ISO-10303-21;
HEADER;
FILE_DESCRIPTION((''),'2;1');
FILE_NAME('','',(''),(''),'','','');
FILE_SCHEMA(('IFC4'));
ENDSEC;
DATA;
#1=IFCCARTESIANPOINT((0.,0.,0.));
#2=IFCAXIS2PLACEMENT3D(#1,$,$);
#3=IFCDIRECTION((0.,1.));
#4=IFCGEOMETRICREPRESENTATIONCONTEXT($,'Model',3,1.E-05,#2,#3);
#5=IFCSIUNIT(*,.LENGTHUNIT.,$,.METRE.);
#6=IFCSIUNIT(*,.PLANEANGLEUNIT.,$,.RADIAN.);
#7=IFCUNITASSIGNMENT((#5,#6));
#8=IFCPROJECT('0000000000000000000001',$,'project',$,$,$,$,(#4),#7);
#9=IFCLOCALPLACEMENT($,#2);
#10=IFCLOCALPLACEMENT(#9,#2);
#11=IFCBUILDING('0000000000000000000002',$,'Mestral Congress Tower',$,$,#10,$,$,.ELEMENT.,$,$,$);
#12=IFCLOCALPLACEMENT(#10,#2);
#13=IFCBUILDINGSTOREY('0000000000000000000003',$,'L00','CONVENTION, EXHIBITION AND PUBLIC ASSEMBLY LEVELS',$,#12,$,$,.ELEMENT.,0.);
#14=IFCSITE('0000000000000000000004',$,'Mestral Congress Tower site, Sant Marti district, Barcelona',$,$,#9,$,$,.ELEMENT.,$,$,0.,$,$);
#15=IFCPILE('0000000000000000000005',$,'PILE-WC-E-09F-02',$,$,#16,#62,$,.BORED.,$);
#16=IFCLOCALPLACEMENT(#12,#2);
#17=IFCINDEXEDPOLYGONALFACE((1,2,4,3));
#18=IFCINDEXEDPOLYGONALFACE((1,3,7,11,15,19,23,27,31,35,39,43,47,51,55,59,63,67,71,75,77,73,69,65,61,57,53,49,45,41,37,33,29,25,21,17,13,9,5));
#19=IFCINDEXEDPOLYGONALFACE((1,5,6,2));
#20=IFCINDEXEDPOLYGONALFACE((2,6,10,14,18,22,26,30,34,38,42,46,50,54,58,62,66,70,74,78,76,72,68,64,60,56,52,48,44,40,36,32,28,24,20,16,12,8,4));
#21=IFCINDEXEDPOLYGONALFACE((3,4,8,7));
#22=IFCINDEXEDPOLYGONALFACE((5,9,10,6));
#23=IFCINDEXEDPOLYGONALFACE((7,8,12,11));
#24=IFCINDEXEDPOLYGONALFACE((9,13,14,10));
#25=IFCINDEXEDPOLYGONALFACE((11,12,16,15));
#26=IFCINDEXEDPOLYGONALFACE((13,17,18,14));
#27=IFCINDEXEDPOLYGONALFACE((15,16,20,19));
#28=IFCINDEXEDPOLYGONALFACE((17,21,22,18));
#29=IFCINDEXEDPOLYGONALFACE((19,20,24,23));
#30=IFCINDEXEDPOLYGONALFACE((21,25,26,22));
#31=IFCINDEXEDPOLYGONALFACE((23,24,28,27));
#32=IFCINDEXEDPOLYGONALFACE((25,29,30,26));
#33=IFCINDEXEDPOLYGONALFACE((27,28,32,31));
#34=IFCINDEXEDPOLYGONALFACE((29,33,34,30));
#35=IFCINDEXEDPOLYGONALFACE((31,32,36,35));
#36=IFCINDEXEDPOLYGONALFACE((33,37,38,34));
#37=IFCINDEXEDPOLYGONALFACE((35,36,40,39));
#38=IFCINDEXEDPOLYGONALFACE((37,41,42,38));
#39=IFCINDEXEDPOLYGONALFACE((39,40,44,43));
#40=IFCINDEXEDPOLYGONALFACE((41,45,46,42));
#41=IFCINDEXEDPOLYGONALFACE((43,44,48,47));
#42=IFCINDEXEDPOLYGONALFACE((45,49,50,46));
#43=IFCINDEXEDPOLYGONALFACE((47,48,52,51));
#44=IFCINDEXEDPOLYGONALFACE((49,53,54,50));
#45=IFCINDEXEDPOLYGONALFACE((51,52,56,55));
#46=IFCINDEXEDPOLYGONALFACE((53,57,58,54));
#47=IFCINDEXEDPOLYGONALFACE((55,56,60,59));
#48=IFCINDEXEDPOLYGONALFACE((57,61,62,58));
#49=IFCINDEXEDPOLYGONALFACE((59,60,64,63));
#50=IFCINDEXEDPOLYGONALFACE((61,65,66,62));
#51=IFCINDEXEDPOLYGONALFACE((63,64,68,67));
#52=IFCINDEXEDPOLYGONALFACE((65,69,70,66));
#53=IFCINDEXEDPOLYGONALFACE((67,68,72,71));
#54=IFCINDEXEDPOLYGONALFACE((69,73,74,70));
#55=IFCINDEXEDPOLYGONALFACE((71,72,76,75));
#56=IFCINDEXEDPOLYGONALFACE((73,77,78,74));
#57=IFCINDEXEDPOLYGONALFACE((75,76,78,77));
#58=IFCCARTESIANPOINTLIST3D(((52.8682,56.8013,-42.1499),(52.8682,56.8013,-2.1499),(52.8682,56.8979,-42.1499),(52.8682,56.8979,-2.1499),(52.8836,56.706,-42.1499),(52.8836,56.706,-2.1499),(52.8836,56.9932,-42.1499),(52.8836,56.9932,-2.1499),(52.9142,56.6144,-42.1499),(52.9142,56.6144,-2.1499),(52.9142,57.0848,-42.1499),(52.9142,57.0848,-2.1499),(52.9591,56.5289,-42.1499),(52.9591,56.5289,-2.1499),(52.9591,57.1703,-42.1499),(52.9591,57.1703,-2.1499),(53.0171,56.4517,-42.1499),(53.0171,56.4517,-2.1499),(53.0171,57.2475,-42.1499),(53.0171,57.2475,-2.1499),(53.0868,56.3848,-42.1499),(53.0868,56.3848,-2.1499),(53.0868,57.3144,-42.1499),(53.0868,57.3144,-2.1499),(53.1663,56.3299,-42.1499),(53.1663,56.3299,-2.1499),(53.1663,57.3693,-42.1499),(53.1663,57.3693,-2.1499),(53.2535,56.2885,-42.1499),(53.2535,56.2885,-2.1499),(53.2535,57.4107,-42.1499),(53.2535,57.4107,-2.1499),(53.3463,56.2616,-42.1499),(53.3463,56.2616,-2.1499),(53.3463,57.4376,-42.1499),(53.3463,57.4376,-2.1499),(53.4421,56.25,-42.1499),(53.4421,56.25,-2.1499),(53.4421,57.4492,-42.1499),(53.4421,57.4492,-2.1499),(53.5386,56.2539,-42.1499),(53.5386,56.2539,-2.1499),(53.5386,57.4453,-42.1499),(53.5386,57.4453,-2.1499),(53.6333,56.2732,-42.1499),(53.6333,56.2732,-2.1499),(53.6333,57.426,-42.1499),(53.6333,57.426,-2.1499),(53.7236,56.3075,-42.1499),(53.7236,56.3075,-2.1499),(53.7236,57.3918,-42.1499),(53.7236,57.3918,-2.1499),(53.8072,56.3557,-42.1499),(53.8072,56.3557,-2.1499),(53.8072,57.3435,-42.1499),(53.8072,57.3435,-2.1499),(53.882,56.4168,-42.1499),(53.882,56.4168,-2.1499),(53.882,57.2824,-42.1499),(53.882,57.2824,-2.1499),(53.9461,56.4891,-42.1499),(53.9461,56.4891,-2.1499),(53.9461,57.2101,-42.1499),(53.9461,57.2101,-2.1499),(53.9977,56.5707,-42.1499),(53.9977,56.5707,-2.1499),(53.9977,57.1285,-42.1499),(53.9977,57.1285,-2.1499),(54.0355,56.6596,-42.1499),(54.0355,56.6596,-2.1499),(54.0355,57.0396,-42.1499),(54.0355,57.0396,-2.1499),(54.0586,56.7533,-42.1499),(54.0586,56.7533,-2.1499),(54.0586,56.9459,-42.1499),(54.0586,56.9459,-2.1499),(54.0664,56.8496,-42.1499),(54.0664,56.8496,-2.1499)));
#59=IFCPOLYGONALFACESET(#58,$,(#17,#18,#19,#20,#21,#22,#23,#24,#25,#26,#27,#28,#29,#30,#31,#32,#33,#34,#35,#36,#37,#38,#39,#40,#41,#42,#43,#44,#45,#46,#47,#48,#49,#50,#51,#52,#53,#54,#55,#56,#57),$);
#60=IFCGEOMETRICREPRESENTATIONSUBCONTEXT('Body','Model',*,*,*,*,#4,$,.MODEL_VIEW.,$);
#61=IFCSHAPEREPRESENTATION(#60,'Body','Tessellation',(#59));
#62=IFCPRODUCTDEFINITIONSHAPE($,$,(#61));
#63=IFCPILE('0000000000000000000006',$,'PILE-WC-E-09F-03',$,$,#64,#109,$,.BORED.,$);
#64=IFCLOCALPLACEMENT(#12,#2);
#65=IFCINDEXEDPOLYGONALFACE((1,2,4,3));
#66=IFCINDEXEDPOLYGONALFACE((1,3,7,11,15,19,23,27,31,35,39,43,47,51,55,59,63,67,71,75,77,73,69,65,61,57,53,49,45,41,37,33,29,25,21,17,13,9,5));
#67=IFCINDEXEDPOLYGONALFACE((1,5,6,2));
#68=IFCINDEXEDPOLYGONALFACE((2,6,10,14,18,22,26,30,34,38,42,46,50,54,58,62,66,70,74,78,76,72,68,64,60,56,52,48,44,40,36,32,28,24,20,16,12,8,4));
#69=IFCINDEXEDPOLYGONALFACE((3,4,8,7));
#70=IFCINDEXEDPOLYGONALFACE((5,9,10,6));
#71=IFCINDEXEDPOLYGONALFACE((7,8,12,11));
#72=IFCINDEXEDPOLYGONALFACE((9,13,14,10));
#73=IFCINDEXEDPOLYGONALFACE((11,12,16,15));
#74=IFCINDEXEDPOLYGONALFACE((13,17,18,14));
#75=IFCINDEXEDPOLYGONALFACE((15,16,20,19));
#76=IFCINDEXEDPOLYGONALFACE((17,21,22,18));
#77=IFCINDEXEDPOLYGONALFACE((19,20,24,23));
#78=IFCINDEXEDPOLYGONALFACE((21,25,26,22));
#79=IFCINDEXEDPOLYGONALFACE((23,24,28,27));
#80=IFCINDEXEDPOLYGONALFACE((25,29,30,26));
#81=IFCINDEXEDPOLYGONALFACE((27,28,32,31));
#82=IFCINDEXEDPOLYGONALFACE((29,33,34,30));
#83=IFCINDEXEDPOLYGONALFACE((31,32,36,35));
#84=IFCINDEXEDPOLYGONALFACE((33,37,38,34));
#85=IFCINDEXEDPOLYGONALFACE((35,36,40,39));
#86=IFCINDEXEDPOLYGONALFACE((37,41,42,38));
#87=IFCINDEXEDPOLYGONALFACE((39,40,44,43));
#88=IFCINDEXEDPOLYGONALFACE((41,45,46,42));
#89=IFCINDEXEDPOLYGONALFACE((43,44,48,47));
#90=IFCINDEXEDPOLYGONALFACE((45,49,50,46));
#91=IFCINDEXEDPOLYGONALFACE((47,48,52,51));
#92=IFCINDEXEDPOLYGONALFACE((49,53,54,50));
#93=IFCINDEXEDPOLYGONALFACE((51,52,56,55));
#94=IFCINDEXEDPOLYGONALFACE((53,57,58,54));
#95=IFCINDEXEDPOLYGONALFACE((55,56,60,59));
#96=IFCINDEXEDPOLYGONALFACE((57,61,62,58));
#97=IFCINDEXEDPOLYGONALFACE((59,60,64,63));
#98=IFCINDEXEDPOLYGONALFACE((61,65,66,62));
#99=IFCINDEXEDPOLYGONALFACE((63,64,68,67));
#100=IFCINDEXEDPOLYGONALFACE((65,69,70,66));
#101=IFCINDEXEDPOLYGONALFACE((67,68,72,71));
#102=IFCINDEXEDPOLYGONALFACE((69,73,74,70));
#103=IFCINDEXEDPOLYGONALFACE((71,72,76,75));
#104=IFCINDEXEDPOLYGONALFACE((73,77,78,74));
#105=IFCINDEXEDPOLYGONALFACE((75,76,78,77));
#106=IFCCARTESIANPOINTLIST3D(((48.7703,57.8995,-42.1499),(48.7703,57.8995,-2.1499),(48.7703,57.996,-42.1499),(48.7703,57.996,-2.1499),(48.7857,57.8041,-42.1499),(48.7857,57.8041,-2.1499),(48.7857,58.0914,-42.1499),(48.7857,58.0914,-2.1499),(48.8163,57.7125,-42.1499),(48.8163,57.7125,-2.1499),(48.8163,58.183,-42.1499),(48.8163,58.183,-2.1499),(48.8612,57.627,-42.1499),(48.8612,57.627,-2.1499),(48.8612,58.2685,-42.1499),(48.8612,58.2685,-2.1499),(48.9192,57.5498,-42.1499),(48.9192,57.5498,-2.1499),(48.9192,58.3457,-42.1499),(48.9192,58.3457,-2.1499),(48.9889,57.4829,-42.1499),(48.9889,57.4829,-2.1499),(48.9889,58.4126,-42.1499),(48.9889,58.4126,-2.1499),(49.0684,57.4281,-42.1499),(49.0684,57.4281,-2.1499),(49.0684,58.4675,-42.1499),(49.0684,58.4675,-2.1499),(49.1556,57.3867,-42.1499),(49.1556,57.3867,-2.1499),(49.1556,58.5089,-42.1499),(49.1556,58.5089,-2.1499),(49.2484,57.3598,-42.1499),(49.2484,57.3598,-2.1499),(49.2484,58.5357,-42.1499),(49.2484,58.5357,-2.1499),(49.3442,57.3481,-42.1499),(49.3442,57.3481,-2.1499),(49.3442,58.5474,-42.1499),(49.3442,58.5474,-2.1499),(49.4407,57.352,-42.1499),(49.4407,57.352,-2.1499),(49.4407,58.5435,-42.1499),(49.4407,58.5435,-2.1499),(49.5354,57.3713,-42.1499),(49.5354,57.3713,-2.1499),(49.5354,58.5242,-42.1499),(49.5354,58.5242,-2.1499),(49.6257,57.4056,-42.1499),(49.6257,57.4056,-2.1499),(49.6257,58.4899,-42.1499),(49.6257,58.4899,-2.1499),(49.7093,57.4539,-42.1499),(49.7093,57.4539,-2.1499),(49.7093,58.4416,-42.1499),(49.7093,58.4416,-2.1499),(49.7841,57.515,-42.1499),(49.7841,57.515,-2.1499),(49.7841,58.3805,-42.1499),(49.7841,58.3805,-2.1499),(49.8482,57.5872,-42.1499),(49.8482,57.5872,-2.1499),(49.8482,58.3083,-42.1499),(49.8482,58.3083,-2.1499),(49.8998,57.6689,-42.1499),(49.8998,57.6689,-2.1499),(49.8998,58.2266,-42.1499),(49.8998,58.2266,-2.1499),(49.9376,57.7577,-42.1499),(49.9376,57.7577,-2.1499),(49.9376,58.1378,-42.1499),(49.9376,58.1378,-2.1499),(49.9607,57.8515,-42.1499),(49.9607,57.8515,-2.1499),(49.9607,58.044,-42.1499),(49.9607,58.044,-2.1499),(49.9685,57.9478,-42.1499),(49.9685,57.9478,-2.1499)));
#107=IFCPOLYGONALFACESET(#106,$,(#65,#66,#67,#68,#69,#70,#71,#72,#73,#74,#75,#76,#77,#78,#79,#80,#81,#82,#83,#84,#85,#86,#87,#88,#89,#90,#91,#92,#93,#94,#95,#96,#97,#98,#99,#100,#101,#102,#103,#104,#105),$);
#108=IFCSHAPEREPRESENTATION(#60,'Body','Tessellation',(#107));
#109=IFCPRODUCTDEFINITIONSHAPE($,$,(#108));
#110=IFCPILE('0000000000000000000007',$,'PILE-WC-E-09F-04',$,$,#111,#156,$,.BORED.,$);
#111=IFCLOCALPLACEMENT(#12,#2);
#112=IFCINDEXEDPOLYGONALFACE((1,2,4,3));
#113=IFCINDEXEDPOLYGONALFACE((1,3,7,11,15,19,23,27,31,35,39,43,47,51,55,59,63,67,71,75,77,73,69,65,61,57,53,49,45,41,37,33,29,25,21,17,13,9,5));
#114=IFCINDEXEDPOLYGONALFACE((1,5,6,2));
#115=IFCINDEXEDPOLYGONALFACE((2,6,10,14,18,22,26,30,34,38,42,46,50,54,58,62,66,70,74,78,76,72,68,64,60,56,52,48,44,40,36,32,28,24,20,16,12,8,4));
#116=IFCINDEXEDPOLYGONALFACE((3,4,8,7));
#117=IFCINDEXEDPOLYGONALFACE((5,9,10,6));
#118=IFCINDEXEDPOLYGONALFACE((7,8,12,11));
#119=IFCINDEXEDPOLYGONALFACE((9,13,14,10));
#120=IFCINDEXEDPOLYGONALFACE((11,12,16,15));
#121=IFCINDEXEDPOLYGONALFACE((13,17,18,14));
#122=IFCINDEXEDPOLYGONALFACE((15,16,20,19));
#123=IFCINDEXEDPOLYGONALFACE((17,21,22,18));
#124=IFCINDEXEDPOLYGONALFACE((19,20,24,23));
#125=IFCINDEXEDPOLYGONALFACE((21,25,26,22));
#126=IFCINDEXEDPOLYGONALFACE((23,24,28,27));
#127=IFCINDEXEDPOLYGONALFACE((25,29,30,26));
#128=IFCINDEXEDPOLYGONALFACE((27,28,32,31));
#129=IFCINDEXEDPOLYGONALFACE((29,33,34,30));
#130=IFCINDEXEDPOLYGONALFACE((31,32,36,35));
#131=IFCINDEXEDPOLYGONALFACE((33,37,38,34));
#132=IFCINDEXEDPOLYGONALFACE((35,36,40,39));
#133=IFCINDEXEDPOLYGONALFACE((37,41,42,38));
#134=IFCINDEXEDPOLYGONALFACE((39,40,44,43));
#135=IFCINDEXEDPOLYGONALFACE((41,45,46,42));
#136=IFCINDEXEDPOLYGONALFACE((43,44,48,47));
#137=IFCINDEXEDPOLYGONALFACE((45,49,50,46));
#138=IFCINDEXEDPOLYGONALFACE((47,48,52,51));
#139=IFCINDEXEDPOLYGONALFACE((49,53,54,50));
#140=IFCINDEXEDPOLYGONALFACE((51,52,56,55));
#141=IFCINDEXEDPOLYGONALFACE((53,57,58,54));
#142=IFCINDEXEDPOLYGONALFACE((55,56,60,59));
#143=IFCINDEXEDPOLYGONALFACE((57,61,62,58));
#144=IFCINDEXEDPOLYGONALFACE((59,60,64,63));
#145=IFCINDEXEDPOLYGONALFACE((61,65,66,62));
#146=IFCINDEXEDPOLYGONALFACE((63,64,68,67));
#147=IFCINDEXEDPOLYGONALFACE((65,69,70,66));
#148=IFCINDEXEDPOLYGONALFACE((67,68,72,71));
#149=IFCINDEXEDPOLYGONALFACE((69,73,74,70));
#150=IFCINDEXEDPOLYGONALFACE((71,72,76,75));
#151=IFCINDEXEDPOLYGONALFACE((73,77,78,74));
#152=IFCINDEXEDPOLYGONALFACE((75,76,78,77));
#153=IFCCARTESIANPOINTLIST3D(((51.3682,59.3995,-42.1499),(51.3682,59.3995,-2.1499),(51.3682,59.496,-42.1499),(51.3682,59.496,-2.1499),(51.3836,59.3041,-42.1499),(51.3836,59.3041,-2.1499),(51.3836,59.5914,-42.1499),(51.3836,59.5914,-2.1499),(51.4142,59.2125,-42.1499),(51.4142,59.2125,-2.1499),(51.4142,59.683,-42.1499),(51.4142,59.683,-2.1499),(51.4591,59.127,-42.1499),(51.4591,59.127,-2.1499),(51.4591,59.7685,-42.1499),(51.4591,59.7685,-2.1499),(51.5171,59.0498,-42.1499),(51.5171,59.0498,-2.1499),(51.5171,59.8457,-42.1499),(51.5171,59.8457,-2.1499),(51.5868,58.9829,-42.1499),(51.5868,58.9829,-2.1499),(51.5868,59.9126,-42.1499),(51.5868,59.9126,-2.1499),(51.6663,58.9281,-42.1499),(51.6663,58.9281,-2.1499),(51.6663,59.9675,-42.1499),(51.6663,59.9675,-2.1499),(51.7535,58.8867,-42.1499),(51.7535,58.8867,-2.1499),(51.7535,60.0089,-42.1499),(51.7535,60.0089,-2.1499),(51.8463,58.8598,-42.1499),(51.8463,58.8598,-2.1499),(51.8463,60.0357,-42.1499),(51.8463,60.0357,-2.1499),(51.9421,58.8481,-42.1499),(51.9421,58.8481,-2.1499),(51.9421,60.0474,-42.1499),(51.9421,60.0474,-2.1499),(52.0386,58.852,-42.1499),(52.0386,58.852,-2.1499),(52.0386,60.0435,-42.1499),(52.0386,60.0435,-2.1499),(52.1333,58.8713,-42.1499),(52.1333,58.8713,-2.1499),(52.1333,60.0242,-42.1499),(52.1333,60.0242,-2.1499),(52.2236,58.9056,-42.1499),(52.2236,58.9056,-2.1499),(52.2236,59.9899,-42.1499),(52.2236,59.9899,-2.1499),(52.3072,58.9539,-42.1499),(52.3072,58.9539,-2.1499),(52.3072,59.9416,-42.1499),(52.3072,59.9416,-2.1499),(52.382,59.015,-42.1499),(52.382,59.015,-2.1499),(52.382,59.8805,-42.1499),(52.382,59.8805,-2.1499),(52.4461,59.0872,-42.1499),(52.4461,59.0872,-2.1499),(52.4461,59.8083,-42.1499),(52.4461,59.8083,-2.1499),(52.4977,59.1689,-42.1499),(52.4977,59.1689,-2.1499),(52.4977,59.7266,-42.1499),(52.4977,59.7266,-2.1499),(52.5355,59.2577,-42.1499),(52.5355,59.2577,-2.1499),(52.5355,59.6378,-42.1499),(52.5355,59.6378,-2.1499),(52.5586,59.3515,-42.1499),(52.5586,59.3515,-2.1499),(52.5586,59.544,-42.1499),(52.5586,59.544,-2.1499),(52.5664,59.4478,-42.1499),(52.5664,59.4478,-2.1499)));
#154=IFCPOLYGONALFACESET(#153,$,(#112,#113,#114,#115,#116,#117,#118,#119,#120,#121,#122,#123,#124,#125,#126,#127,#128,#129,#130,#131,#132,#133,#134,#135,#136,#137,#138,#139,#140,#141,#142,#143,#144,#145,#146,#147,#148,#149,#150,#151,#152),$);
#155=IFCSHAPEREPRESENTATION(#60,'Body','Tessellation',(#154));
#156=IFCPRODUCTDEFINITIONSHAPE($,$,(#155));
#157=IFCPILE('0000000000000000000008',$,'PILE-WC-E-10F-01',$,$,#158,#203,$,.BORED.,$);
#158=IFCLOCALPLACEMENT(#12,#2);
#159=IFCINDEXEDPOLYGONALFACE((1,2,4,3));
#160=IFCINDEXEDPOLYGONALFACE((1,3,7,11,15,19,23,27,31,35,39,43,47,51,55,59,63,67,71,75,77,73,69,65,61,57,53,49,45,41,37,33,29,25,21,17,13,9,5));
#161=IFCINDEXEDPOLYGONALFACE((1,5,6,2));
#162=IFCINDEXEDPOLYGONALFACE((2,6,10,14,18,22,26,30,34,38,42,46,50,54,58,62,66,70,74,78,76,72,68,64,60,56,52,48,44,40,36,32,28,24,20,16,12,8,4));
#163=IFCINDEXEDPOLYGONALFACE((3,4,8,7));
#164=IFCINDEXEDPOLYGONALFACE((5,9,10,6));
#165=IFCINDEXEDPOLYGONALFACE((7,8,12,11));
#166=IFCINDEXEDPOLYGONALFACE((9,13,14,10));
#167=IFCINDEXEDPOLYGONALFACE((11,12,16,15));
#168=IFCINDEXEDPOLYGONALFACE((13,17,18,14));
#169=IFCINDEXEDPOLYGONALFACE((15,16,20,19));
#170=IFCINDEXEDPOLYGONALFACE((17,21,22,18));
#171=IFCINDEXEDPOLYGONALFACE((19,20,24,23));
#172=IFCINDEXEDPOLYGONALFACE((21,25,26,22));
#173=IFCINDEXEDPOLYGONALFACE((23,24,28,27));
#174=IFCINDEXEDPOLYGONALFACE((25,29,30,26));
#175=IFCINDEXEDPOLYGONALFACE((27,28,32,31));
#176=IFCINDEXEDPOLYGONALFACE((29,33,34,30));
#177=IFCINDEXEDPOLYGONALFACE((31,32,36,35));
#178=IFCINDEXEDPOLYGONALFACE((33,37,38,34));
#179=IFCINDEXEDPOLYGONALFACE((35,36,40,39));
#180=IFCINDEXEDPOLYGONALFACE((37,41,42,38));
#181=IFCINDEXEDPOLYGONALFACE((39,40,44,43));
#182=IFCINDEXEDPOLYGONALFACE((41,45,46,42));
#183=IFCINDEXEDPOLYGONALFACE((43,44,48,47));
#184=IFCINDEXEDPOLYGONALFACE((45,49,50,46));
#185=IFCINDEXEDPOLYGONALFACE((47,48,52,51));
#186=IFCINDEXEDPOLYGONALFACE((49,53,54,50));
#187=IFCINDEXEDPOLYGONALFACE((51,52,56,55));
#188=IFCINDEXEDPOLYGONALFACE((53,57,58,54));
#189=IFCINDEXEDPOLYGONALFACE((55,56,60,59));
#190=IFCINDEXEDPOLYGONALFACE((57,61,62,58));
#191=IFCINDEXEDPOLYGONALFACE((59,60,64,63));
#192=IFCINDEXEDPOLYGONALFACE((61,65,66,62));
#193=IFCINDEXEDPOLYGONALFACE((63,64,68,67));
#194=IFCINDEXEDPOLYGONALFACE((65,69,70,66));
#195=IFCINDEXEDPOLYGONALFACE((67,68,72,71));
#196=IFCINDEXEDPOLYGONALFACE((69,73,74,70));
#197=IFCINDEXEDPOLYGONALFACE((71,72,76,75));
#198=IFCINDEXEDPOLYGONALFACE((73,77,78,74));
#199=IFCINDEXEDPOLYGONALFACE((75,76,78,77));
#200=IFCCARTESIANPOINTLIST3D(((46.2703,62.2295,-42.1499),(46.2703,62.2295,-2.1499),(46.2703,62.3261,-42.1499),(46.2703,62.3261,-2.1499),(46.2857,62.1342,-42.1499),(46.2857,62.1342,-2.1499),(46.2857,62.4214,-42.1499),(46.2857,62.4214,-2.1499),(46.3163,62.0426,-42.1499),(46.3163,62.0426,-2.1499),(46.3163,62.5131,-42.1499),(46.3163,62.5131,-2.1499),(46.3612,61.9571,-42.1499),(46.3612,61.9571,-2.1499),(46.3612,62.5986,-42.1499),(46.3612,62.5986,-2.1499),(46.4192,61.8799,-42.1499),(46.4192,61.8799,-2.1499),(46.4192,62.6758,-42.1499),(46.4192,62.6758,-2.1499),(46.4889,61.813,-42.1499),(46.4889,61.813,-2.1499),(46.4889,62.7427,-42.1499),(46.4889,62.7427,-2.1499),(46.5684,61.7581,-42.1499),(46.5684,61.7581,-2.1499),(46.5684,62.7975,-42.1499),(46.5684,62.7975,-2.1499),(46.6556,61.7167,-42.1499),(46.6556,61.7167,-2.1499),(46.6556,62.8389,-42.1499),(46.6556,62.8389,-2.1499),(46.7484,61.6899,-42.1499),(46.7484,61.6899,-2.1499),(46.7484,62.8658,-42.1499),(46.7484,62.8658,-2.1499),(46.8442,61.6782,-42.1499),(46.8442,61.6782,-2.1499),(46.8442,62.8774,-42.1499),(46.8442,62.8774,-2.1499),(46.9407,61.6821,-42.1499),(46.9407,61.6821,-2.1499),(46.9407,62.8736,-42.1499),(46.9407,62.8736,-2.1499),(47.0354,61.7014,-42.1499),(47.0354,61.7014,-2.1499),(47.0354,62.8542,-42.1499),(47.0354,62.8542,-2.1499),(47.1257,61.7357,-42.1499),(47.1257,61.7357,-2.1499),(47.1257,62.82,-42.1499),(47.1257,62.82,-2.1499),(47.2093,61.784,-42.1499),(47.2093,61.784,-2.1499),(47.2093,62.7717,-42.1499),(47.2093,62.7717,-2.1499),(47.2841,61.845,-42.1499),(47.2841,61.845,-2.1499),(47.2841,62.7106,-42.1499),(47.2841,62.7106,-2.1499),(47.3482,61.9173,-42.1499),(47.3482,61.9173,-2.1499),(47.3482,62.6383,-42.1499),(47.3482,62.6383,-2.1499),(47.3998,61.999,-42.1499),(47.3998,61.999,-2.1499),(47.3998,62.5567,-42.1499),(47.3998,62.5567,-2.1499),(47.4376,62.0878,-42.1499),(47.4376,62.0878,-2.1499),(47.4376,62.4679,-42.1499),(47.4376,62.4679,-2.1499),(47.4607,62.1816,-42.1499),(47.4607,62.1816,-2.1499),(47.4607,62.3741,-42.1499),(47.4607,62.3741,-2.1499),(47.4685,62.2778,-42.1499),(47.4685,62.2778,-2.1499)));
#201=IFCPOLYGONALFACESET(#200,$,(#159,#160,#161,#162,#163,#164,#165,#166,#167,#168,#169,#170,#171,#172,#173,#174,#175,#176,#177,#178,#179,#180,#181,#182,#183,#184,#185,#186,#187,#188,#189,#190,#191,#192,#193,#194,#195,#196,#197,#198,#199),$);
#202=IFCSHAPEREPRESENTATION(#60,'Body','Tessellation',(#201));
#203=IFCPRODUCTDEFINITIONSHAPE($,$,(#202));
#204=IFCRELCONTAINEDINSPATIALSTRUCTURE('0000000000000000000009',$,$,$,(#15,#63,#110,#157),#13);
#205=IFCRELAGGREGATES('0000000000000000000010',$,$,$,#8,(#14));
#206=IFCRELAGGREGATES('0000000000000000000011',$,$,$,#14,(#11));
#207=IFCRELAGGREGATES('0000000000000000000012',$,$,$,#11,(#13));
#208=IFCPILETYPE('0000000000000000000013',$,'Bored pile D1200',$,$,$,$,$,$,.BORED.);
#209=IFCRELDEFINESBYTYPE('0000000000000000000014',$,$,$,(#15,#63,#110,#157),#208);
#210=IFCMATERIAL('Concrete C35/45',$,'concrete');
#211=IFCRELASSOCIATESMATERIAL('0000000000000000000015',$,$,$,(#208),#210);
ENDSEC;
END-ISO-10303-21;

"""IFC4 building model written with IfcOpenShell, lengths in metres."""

from ifc_helpers import new_model, si_unit, direction, frame, origin, origin_2d, place, context, subcontext, project, spatial, circle, extrude, material, material_profile, profile_set, type_object, element, save


model = new_model("IFC4")

# Units and contexts
model_context = context("Model", 3, precision=1e-05, world=origin(), true_north=direction((0.0, 1.0)))
body_context = subcontext(model_context, "Body", "Model", "MODEL_VIEW")
ifc_project = project(units=[si_unit("LENGTHUNIT", "METRE"), si_unit("PLANEANGLEUNIT", "RADIAN")], contexts=[model_context])

# Site, building, storey
site_placement = place(None, origin())
site = spatial("IfcSite", under=ifc_project, at=site_placement, Name="Mestral Congress Tower site, Sant Marti district, Barcelona", CompositionType="ELEMENT", RefElevation=0.0)
building_placement = place(site_placement, origin())
building = spatial("IfcBuilding", under=site, at=building_placement, Name="Mestral Congress Tower", CompositionType="ELEMENT")
storey_placement = place(building_placement, origin())
storey = spatial("IfcBuildingStorey", under=building, at=storey_placement, Name="L00", Description="CONVENTION, EXHIBITION AND PUBLIC ASSEMBLY LEVELS", CompositionType="ELEMENT", Elevation=0.0)

# Piles
ifc_material_1 = material(Name="Concrete C35/45", Category="concrete")
ifc_material_profile_1 = material_profile(ifc_material_1, circle(Radius=0.6001, at=origin_2d()), Name="D1200")
ifc_profile_set_1 = profile_set([ifc_material_profile_1], Name="Concrete C35/45")
pile_type = type_object("IfcPileType", Name="Bored pile D1200", PredefinedType="BORED", material=ifc_profile_set_1)
for number, where, z_axis, x_axis, name in (
    (1, (53.4663, 56.8496, -2.1499), (0.0, 0.0, -1.0), (1.0, 0.0, 0.0), "PILE-WC-E-09F-02"),
    (2, (49.3684, 57.9478, -2.1499), (0.0, 0.0, -1.0), (1.0, 0.0, 0.0), "PILE-WC-E-09F-03"),
    (3, (51.9663, 59.4478, -2.1499), (0.0, 0.0, -1.0), (1.0, 0.0, 0.0), "PILE-WC-E-09F-04"),
    (4, (46.8684, 62.2778, -2.1499), (0.0, 0.0, -1.0), (1.0, 0.0, 0.0), "PILE-WC-E-10F-01"),
):
    element("IfcPile", number, at=place(storey_placement, frame(where, z_axis=z_axis, x_axis=x_axis)), inside=storey, type_object=pile_type, Name=name, PredefinedType="BORED", context=body_context, shape_type="SweptSolid", body=[
        extrude(circle(Radius=0.6001, at=origin_2d()), origin(), (0.0, 0.0, 1.0), 40.0),
    ])

save(model, "model.ifc")
